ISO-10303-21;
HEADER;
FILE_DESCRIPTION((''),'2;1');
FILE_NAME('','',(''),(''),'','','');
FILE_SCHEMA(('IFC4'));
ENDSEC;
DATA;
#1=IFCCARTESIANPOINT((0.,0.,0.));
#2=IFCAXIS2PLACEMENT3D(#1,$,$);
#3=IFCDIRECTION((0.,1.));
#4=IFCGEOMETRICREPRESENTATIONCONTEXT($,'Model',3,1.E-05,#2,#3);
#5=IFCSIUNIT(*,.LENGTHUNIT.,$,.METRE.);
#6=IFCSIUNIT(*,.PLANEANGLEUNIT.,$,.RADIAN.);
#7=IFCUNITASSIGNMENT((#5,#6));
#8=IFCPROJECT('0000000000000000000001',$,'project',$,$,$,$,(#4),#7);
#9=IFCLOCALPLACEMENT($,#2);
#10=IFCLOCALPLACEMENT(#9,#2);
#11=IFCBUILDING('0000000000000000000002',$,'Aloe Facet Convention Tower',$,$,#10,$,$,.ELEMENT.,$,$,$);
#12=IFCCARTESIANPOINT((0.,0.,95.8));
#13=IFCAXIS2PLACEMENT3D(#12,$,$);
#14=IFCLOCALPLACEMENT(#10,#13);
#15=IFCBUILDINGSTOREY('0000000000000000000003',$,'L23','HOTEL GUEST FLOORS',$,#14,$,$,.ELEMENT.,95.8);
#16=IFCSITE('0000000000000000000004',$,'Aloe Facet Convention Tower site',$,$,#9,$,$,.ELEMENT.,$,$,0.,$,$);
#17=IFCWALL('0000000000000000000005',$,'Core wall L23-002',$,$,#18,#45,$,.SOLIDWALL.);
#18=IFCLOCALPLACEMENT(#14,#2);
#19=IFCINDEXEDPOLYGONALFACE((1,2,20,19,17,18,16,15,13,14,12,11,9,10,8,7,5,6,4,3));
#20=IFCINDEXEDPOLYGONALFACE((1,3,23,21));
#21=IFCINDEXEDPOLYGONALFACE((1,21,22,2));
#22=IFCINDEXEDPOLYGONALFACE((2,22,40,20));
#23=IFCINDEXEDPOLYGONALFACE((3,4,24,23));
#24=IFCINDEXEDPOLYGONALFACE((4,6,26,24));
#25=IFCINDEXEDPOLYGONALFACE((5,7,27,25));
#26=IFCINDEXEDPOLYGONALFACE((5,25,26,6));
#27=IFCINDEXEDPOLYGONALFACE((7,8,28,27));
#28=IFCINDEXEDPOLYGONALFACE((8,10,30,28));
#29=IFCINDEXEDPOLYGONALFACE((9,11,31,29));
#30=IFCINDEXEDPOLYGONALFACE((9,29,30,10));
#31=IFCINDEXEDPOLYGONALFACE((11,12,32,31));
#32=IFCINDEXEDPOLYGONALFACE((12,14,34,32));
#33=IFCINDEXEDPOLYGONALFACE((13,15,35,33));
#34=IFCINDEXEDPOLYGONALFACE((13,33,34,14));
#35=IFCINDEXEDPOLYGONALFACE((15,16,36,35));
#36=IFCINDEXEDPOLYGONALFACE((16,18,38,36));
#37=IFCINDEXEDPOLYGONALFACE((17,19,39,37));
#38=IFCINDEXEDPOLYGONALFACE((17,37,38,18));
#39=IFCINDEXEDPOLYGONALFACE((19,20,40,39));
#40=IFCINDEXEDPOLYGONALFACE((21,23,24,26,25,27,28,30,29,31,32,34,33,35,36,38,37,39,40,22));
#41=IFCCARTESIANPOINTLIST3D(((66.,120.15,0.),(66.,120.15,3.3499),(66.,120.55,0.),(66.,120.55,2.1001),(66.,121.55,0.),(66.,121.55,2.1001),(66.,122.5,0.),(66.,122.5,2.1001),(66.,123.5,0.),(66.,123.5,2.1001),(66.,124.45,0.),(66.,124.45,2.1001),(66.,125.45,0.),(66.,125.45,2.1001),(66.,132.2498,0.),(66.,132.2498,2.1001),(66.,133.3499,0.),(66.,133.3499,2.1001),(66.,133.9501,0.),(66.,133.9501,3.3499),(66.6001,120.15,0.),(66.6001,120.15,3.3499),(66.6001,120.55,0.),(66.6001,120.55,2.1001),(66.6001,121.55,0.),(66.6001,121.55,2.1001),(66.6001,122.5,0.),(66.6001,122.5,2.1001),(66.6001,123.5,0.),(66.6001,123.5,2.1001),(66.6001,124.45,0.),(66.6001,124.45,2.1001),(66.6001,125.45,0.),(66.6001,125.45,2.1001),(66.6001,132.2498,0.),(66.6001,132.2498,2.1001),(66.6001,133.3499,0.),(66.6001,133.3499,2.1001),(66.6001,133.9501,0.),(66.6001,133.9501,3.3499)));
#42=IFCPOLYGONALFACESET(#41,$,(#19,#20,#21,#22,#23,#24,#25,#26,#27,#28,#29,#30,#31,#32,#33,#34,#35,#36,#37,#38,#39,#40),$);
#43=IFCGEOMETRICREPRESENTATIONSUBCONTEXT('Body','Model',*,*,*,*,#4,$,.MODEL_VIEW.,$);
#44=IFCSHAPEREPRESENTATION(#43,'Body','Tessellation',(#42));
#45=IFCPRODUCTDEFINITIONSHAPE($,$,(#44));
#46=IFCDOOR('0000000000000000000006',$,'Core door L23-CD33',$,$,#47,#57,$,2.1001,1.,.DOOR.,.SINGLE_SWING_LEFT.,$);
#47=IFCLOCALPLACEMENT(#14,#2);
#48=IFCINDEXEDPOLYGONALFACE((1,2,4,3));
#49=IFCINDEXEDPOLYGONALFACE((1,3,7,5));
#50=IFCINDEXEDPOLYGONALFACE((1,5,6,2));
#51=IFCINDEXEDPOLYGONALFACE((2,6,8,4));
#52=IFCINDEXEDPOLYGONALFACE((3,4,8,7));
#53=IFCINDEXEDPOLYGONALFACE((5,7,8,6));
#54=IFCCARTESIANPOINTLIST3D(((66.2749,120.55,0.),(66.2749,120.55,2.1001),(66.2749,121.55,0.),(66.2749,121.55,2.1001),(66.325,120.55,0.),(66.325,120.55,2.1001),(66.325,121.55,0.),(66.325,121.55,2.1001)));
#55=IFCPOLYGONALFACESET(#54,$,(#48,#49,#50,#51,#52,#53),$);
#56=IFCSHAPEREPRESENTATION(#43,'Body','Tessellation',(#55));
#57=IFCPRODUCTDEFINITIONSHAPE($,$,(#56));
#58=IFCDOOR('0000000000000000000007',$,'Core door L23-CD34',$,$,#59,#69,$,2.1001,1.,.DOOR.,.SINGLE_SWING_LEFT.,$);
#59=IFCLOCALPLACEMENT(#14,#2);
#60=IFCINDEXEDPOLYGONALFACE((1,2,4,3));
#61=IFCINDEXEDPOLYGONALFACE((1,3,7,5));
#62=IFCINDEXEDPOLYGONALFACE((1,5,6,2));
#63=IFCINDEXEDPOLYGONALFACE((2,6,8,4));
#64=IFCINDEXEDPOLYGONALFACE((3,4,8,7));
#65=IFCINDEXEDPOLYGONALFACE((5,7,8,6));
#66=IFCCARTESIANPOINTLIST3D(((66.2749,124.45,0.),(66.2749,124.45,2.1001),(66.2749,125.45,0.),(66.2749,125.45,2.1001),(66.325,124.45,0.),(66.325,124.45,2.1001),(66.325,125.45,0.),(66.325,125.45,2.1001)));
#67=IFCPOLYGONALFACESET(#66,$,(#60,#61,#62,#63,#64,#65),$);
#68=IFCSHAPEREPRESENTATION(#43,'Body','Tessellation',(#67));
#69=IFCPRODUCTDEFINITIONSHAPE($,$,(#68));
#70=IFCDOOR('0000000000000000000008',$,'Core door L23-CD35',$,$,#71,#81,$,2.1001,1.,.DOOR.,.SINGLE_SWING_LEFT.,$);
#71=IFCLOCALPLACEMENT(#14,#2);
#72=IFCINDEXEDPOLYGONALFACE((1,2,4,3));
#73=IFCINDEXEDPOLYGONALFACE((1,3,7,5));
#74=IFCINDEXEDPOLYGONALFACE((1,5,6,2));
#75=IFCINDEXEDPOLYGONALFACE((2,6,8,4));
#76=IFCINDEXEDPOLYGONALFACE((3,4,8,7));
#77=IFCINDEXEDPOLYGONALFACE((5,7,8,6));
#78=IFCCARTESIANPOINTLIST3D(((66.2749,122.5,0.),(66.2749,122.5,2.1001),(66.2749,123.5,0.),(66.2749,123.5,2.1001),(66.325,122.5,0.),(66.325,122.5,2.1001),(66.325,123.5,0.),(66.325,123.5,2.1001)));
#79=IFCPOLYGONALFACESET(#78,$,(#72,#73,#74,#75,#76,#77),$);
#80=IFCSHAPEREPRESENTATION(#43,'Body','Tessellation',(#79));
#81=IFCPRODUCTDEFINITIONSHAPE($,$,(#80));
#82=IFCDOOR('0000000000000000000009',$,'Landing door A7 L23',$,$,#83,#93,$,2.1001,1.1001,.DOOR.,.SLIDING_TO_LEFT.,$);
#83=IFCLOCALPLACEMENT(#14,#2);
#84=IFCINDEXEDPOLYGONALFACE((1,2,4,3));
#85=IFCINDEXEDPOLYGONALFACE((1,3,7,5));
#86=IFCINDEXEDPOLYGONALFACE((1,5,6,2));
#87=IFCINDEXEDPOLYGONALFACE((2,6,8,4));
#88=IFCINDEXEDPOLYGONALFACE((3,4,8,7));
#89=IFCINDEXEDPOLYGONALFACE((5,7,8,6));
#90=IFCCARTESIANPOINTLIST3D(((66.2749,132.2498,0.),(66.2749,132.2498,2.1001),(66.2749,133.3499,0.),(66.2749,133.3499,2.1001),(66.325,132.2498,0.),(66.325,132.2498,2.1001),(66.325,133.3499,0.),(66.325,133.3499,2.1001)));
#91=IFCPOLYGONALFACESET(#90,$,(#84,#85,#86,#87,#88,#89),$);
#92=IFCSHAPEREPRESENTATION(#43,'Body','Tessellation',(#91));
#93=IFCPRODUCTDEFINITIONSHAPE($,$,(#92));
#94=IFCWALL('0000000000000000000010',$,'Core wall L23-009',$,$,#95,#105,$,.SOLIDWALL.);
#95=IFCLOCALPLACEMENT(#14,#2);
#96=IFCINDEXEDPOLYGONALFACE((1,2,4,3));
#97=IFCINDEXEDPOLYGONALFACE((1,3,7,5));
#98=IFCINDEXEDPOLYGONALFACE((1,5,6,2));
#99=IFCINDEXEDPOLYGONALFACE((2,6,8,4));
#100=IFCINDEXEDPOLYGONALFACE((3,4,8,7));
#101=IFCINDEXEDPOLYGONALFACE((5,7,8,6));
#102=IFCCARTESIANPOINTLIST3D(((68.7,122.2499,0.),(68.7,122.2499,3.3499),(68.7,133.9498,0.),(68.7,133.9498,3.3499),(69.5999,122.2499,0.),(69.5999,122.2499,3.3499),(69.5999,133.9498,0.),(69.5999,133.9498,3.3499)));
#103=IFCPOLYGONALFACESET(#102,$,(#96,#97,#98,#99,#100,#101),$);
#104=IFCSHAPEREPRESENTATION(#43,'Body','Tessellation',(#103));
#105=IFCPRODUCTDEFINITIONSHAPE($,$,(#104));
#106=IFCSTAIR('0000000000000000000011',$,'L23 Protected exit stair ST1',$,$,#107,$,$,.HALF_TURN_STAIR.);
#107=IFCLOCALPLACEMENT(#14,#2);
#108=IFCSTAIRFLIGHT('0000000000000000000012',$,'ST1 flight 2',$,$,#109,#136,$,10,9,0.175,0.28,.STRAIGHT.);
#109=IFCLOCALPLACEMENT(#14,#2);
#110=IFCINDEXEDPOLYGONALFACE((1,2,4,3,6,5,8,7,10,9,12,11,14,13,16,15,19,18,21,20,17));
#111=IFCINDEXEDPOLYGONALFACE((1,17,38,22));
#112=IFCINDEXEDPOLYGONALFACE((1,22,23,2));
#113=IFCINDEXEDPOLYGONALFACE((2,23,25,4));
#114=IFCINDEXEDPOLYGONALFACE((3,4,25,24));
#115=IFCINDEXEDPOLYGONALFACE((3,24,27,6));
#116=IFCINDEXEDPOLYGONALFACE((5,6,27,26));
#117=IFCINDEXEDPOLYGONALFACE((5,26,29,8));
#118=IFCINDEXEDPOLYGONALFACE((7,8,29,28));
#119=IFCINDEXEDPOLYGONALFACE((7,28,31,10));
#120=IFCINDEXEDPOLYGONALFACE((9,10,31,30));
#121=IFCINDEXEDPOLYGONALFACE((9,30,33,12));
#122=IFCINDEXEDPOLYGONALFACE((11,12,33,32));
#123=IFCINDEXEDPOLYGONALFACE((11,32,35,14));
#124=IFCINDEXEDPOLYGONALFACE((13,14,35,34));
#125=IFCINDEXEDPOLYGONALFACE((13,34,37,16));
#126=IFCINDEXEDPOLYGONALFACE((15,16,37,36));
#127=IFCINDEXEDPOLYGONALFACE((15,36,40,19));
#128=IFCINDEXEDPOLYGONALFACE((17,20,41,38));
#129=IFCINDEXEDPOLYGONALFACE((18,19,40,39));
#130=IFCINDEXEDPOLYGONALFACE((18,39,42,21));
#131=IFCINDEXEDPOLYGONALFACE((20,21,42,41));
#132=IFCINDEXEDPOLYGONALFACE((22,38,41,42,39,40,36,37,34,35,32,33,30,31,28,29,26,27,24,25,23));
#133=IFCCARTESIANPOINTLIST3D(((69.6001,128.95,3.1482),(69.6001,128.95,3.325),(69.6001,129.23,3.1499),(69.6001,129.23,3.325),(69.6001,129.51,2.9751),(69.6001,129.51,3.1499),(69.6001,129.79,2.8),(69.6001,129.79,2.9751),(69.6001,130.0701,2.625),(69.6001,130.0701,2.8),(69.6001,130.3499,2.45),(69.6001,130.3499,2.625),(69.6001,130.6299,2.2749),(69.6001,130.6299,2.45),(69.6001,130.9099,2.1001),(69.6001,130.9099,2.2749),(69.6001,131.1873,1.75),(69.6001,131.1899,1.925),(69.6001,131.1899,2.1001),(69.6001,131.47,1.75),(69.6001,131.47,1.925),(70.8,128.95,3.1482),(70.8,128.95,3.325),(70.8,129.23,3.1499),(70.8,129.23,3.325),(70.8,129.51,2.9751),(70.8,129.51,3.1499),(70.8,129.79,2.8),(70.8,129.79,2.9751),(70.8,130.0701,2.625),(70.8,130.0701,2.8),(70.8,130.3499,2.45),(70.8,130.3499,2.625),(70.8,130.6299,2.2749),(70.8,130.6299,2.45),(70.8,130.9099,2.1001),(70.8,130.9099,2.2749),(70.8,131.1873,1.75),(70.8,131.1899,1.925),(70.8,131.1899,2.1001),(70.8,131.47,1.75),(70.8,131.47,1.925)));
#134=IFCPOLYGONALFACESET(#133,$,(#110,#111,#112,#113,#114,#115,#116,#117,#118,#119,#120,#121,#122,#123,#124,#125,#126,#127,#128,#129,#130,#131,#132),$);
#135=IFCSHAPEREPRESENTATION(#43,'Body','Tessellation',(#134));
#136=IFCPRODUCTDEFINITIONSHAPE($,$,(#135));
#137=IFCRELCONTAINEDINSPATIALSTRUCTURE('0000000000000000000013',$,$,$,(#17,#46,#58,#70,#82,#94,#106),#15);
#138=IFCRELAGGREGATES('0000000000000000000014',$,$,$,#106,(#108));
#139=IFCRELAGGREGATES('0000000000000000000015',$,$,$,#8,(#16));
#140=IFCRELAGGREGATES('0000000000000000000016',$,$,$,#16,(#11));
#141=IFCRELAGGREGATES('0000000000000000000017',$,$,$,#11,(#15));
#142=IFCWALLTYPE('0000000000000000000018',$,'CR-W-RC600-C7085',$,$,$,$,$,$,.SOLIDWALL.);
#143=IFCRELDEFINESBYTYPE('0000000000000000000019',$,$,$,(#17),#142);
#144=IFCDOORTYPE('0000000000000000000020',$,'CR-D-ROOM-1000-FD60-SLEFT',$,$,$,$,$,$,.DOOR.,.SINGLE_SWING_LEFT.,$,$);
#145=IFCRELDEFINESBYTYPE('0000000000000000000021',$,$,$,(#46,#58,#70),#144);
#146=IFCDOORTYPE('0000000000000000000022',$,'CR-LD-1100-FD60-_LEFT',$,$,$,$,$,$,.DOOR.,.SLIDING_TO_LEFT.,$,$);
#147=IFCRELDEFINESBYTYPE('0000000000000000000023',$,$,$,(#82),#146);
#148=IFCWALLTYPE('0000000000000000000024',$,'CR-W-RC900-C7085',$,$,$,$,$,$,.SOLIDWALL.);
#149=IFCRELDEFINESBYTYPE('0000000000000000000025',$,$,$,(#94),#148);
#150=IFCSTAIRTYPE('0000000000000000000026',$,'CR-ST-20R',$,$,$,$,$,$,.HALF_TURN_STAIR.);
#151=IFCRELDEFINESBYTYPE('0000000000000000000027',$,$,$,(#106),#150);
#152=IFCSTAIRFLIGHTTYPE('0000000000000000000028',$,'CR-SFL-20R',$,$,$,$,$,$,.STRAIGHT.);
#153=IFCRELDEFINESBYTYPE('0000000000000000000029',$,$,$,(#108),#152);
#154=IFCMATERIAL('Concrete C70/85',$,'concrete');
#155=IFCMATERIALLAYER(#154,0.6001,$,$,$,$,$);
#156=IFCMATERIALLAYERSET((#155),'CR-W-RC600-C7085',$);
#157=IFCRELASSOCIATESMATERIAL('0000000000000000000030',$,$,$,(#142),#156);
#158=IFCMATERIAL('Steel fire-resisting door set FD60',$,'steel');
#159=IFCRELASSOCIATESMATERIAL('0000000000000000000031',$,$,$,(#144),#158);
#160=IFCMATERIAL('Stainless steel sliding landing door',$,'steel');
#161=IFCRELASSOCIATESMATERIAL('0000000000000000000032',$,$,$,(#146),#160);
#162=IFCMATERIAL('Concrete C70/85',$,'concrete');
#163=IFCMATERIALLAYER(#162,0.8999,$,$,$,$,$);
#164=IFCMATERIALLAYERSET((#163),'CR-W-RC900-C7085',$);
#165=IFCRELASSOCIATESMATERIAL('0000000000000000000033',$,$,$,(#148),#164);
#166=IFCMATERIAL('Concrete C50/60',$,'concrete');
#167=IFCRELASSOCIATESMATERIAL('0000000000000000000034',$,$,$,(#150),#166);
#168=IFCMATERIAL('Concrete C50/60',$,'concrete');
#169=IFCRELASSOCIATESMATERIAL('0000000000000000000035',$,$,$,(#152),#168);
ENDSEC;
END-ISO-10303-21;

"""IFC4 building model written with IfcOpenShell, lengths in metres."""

from ifc_helpers import new_model, si_unit, direction, frame, frame_2d, origin, place, context, subcontext, project, spatial, polyline, rectangle, outline, extrude, material, layer, layer_set, type_object, element, fill, aggregate, save


model = new_model("IFC4")

# Units and contexts
model_context = context("Model", 3, precision=1e-05, world=origin(), true_north=direction((0.0, 1.0)))
body_context = subcontext(model_context, "Body", "Model", "MODEL_VIEW")
ifc_project = project(units=[si_unit("LENGTHUNIT", "METRE"), si_unit("PLANEANGLEUNIT", "RADIAN")], contexts=[model_context])

# Site, building, storey
site_placement = place(None, origin())
site = spatial("IfcSite", under=ifc_project, at=site_placement, Name="Aloe Facet Convention Tower site", CompositionType="ELEMENT", RefElevation=0.0)
building_placement = place(site_placement, origin())
building = spatial("IfcBuilding", under=site, at=building_placement, Name="Aloe Facet Convention Tower", CompositionType="ELEMENT")
storey_placement = place(building_placement, frame((0.0, 0.0, 95.8)))
storey = spatial("IfcBuildingStorey", under=building, at=storey_placement, Name="L23", Description="HOTEL GUEST FLOORS", CompositionType="ELEMENT", Elevation=95.8)

# Shared definitions
ifc_material_1 = material(Name="Concrete C70/85", Category="concrete")
ifc_layer_1 = layer(ifc_material_1, 0.6001)
ifc_layer_set_1 = layer_set([ifc_layer_1], Name="CR-W-RC600-C7085")
wall_type_1 = type_object("IfcWallType", Name="CR-W-RC600-C7085", PredefinedType="SOLIDWALL", material=ifc_layer_set_1)

# Wall, openings, doors
wall_1_placement = place(storey_placement, frame((66.3, 133.95, 0.0), z_axis=(0.0, 0.0, 1.0), x_axis=(0.0, -1.0, 0.0)))
wall_1 = element("IfcWall", 1, at=wall_1_placement, inside=storey, type_object=wall_type_1, Name="Core wall L23-002", PredefinedType="SOLIDWALL", context=body_context, shape_type="SweptSolid", body=[
    extrude(rectangle(XDim=13.8, YDim=0.6001, at=frame_2d((6.8999, 0.0))), origin(), (0.0, 0.0, 1.0), 3.3499),
])
opening_1_placement = place(wall_1_placement, frame((0.6001, 0.0, 0.0)))
opening_1 = element("IfcOpeningElement", 2, at=opening_1_placement, cuts=wall_1, PredefinedType="OPENING", context=body_context, shape_type="SweptSolid", body=[
    extrude(rectangle(XDim=1.1001, YDim=2.1001, at=frame_2d((0.55, 1.05))), frame((0.0, 0.3101, 0.0), z_axis=(0.0, -1.0, 0.0), x_axis=(1.0, 0.0, 0.0)), (0.0, 0.0, 1.0), 0.6201),
])
opening_2_placement = place(wall_1_placement, frame((12.3999, 0.0, 0.0)))
opening_2 = element("IfcOpeningElement", 3, at=opening_2_placement, cuts=wall_1, PredefinedType="OPENING", context=body_context, shape_type="SweptSolid", body=[
    extrude(rectangle(XDim=1.0, YDim=2.1001, at=frame_2d((0.5, 1.05))), frame((0.0, 0.3101, 0.0), z_axis=(0.0, -1.0, 0.0), x_axis=(1.0, 0.0, 0.0)), (0.0, 0.0, 1.0), 0.6201),
])
opening_3_placement = place(wall_1_placement, frame((8.5, 0.0, 0.0)))
opening_3 = element("IfcOpeningElement", 4, at=opening_3_placement, cuts=wall_1, PredefinedType="OPENING", context=body_context, shape_type="SweptSolid", body=[
    extrude(rectangle(XDim=1.0, YDim=2.1001, at=frame_2d((0.5, 1.05))), frame((0.0, 0.3101, 0.0), z_axis=(0.0, -1.0, 0.0), x_axis=(1.0, 0.0, 0.0)), (0.0, 0.0, 1.0), 0.6201),
])
opening_4_placement = place(wall_1_placement, frame((10.45, 0.0, 0.0)))
opening_4 = element("IfcOpeningElement", 5, at=opening_4_placement, cuts=wall_1, PredefinedType="OPENING", context=body_context, shape_type="SweptSolid", body=[
    extrude(rectangle(XDim=1.0, YDim=2.1001, at=frame_2d((0.5, 1.05))), frame((0.0, 0.3101, 0.0), z_axis=(0.0, -1.0, 0.0), x_axis=(1.0, 0.0, 0.0)), (0.0, 0.0, 1.0), 0.6201),
])
ifc_material_2 = material(Name="Steel fire-resisting door set FD60", Category="steel")
door_type_1 = type_object("IfcDoorType", Name="CR-D-ROOM-1000-FD60-SLEFT", OperationType="SINGLE_SWING_LEFT", PredefinedType="DOOR", material=ifc_material_2)
door_1_placement = place(opening_2_placement, origin())
door_1 = element("IfcDoor", 6, at=door_1_placement, inside=storey, type_object=door_type_1, Name="Core door L23-CD33", OperationType="SINGLE_SWING_LEFT", OverallHeight=2.1001, OverallWidth=1.0, PredefinedType="DOOR", context=body_context, shape_type="SweptSolid", body=[
    extrude(rectangle(XDim=1.0, YDim=2.1001, at=frame_2d((0.5, 1.05))), frame((0.0, 0.0249, 0.0), z_axis=(0.0, -1.0, 0.0), x_axis=(1.0, 0.0, 0.0)), (0.0, 0.0, 1.0), 0.05),
])
fill(opening_2, door_1)
door_2_placement = place(opening_3_placement, origin())
door_2 = element("IfcDoor", 7, at=door_2_placement, inside=storey, type_object=door_type_1, Name="Core door L23-CD34", OperationType="SINGLE_SWING_LEFT", OverallHeight=2.1001, OverallWidth=1.0, PredefinedType="DOOR", context=body_context, shape_type="SweptSolid", body=[
    extrude(rectangle(XDim=1.0, YDim=2.1001, at=frame_2d((0.5, 1.05))), frame((0.0, 0.0249, 0.0), z_axis=(0.0, -1.0, 0.0), x_axis=(1.0, 0.0, 0.0)), (0.0, 0.0, 1.0), 0.05),
])
fill(opening_3, door_2)
door_3_placement = place(opening_4_placement, origin())
door_3 = element("IfcDoor", 8, at=door_3_placement, inside=storey, type_object=door_type_1, Name="Core door L23-CD35", OperationType="SINGLE_SWING_LEFT", OverallHeight=2.1001, OverallWidth=1.0, PredefinedType="DOOR", context=body_context, shape_type="SweptSolid", body=[
    extrude(rectangle(XDim=1.0, YDim=2.1001, at=frame_2d((0.5, 1.05))), frame((0.0, 0.0249, 0.0), z_axis=(0.0, -1.0, 0.0), x_axis=(1.0, 0.0, 0.0)), (0.0, 0.0, 1.0), 0.05),
])
fill(opening_4, door_3)
ifc_material_3 = material(Name="Stainless steel sliding landing door", Category="steel")
door_type_2 = type_object("IfcDoorType", Name="CR-LD-1100-FD60-_LEFT", OperationType="SLIDING_TO_LEFT", PredefinedType="DOOR", material=ifc_material_3)
door_4_placement = place(opening_1_placement, origin())
door_4 = element("IfcDoor", 9, at=door_4_placement, inside=storey, type_object=door_type_2, Name="Landing door A7 L23", OperationType="SLIDING_TO_LEFT", OverallHeight=2.1001, OverallWidth=1.1001, PredefinedType="DOOR", context=body_context, shape_type="SweptSolid", body=[
    extrude(rectangle(XDim=1.1001, YDim=2.1001, at=frame_2d((0.55, 1.05))), frame((0.0, 0.0249, 0.0), z_axis=(0.0, -1.0, 0.0), x_axis=(1.0, 0.0, 0.0)), (0.0, 0.0, 1.0), 0.05),
])
fill(opening_1, door_4)

# Wall
ifc_material_4 = material(Name="Concrete C70/85", Category="concrete")
ifc_layer_2 = layer(ifc_material_4, 0.8999)
ifc_layer_set_2 = layer_set([ifc_layer_2], Name="CR-W-RC900-C7085")
wall_type_2 = type_object("IfcWallType", Name="CR-W-RC900-C7085", PredefinedType="SOLIDWALL", material=ifc_layer_set_2)
wall_2_placement = place(storey_placement, frame((69.1499, 133.95, 0.0), z_axis=(0.0, 0.0, 1.0), x_axis=(0.0, -1.0, 0.0)))
element("IfcWall", 10, at=wall_2_placement, inside=storey, type_object=wall_type_2, Name="Core wall L23-009", PredefinedType="SOLIDWALL", context=body_context, shape_type="SweptSolid", body=[
    extrude(rectangle(XDim=11.7, YDim=0.8999, at=frame_2d((5.8501, 0.0))), origin(), (0.0, 0.0, 1.0), 3.3499),
])

# Stair, stair flight
ifc_material_5 = material(Name="Concrete C50/60", Category="concrete")
stair_type = type_object("IfcStairType", Name="CR-ST-20R", PredefinedType="HALF_TURN_STAIR", material=ifc_material_5)
stair_placement = place(storey_placement, origin())
stair = element("IfcStair", 11, at=stair_placement, inside=storey, type_object=stair_type, Name="L23 Protected exit stair ST1", PredefinedType="HALF_TURN_STAIR")
ifc_material_6 = material(Name="Concrete C50/60", Category="concrete")
stair_flight_type = type_object("IfcStairFlightType", Name="CR-SFL-20R", PredefinedType="STRAIGHT", material=ifc_material_6)
stair_flight_placement = place(storey_placement, frame((70.2, 131.47, 1.75), z_axis=(0.0, 0.0, 1.0), x_axis=(0.0, -1.0, 0.0)))
stair_flight = element("IfcStairFlight", 12, at=stair_flight_placement, type_object=stair_flight_type, Name="ST1 flight 2", NumberOfRisers=10, NumberOfTreads=9, PredefinedType="STRAIGHT", RiserHeight=0.175, TreadLength=0.28, context=body_context, shape_type="SweptSolid", body=[
    extrude(outline(polyline([(0.0, 0.0), (0.0, 0.175), (0.28, 0.175), (0.28, 0.3501), (0.5601, 0.3501), (0.5601, 0.5249), (0.8401, 0.5249), (0.8401, 0.7), (1.1201, 0.7), (1.1201, 0.875), (1.3999, 0.875), (1.3999, 1.05), (1.6799, 1.05), (1.6799, 1.2251), (1.96, 1.2251), (1.96, 1.3999), (2.24, 1.3999), (2.24, 1.575), (2.52, 1.575), (2.52, 1.75), (2.52, 1.3982), (0.2827, 0.0), (0.0, 0.0)])), frame((0.0, 0.6001, 0.0), z_axis=(0.0, -1.0, 0.0), x_axis=(1.0, 0.0, 0.0)), (0.0, 0.0, 1.0), 1.2),
])
aggregate(stair, [stair_flight])

save(model, "model.ifc")
